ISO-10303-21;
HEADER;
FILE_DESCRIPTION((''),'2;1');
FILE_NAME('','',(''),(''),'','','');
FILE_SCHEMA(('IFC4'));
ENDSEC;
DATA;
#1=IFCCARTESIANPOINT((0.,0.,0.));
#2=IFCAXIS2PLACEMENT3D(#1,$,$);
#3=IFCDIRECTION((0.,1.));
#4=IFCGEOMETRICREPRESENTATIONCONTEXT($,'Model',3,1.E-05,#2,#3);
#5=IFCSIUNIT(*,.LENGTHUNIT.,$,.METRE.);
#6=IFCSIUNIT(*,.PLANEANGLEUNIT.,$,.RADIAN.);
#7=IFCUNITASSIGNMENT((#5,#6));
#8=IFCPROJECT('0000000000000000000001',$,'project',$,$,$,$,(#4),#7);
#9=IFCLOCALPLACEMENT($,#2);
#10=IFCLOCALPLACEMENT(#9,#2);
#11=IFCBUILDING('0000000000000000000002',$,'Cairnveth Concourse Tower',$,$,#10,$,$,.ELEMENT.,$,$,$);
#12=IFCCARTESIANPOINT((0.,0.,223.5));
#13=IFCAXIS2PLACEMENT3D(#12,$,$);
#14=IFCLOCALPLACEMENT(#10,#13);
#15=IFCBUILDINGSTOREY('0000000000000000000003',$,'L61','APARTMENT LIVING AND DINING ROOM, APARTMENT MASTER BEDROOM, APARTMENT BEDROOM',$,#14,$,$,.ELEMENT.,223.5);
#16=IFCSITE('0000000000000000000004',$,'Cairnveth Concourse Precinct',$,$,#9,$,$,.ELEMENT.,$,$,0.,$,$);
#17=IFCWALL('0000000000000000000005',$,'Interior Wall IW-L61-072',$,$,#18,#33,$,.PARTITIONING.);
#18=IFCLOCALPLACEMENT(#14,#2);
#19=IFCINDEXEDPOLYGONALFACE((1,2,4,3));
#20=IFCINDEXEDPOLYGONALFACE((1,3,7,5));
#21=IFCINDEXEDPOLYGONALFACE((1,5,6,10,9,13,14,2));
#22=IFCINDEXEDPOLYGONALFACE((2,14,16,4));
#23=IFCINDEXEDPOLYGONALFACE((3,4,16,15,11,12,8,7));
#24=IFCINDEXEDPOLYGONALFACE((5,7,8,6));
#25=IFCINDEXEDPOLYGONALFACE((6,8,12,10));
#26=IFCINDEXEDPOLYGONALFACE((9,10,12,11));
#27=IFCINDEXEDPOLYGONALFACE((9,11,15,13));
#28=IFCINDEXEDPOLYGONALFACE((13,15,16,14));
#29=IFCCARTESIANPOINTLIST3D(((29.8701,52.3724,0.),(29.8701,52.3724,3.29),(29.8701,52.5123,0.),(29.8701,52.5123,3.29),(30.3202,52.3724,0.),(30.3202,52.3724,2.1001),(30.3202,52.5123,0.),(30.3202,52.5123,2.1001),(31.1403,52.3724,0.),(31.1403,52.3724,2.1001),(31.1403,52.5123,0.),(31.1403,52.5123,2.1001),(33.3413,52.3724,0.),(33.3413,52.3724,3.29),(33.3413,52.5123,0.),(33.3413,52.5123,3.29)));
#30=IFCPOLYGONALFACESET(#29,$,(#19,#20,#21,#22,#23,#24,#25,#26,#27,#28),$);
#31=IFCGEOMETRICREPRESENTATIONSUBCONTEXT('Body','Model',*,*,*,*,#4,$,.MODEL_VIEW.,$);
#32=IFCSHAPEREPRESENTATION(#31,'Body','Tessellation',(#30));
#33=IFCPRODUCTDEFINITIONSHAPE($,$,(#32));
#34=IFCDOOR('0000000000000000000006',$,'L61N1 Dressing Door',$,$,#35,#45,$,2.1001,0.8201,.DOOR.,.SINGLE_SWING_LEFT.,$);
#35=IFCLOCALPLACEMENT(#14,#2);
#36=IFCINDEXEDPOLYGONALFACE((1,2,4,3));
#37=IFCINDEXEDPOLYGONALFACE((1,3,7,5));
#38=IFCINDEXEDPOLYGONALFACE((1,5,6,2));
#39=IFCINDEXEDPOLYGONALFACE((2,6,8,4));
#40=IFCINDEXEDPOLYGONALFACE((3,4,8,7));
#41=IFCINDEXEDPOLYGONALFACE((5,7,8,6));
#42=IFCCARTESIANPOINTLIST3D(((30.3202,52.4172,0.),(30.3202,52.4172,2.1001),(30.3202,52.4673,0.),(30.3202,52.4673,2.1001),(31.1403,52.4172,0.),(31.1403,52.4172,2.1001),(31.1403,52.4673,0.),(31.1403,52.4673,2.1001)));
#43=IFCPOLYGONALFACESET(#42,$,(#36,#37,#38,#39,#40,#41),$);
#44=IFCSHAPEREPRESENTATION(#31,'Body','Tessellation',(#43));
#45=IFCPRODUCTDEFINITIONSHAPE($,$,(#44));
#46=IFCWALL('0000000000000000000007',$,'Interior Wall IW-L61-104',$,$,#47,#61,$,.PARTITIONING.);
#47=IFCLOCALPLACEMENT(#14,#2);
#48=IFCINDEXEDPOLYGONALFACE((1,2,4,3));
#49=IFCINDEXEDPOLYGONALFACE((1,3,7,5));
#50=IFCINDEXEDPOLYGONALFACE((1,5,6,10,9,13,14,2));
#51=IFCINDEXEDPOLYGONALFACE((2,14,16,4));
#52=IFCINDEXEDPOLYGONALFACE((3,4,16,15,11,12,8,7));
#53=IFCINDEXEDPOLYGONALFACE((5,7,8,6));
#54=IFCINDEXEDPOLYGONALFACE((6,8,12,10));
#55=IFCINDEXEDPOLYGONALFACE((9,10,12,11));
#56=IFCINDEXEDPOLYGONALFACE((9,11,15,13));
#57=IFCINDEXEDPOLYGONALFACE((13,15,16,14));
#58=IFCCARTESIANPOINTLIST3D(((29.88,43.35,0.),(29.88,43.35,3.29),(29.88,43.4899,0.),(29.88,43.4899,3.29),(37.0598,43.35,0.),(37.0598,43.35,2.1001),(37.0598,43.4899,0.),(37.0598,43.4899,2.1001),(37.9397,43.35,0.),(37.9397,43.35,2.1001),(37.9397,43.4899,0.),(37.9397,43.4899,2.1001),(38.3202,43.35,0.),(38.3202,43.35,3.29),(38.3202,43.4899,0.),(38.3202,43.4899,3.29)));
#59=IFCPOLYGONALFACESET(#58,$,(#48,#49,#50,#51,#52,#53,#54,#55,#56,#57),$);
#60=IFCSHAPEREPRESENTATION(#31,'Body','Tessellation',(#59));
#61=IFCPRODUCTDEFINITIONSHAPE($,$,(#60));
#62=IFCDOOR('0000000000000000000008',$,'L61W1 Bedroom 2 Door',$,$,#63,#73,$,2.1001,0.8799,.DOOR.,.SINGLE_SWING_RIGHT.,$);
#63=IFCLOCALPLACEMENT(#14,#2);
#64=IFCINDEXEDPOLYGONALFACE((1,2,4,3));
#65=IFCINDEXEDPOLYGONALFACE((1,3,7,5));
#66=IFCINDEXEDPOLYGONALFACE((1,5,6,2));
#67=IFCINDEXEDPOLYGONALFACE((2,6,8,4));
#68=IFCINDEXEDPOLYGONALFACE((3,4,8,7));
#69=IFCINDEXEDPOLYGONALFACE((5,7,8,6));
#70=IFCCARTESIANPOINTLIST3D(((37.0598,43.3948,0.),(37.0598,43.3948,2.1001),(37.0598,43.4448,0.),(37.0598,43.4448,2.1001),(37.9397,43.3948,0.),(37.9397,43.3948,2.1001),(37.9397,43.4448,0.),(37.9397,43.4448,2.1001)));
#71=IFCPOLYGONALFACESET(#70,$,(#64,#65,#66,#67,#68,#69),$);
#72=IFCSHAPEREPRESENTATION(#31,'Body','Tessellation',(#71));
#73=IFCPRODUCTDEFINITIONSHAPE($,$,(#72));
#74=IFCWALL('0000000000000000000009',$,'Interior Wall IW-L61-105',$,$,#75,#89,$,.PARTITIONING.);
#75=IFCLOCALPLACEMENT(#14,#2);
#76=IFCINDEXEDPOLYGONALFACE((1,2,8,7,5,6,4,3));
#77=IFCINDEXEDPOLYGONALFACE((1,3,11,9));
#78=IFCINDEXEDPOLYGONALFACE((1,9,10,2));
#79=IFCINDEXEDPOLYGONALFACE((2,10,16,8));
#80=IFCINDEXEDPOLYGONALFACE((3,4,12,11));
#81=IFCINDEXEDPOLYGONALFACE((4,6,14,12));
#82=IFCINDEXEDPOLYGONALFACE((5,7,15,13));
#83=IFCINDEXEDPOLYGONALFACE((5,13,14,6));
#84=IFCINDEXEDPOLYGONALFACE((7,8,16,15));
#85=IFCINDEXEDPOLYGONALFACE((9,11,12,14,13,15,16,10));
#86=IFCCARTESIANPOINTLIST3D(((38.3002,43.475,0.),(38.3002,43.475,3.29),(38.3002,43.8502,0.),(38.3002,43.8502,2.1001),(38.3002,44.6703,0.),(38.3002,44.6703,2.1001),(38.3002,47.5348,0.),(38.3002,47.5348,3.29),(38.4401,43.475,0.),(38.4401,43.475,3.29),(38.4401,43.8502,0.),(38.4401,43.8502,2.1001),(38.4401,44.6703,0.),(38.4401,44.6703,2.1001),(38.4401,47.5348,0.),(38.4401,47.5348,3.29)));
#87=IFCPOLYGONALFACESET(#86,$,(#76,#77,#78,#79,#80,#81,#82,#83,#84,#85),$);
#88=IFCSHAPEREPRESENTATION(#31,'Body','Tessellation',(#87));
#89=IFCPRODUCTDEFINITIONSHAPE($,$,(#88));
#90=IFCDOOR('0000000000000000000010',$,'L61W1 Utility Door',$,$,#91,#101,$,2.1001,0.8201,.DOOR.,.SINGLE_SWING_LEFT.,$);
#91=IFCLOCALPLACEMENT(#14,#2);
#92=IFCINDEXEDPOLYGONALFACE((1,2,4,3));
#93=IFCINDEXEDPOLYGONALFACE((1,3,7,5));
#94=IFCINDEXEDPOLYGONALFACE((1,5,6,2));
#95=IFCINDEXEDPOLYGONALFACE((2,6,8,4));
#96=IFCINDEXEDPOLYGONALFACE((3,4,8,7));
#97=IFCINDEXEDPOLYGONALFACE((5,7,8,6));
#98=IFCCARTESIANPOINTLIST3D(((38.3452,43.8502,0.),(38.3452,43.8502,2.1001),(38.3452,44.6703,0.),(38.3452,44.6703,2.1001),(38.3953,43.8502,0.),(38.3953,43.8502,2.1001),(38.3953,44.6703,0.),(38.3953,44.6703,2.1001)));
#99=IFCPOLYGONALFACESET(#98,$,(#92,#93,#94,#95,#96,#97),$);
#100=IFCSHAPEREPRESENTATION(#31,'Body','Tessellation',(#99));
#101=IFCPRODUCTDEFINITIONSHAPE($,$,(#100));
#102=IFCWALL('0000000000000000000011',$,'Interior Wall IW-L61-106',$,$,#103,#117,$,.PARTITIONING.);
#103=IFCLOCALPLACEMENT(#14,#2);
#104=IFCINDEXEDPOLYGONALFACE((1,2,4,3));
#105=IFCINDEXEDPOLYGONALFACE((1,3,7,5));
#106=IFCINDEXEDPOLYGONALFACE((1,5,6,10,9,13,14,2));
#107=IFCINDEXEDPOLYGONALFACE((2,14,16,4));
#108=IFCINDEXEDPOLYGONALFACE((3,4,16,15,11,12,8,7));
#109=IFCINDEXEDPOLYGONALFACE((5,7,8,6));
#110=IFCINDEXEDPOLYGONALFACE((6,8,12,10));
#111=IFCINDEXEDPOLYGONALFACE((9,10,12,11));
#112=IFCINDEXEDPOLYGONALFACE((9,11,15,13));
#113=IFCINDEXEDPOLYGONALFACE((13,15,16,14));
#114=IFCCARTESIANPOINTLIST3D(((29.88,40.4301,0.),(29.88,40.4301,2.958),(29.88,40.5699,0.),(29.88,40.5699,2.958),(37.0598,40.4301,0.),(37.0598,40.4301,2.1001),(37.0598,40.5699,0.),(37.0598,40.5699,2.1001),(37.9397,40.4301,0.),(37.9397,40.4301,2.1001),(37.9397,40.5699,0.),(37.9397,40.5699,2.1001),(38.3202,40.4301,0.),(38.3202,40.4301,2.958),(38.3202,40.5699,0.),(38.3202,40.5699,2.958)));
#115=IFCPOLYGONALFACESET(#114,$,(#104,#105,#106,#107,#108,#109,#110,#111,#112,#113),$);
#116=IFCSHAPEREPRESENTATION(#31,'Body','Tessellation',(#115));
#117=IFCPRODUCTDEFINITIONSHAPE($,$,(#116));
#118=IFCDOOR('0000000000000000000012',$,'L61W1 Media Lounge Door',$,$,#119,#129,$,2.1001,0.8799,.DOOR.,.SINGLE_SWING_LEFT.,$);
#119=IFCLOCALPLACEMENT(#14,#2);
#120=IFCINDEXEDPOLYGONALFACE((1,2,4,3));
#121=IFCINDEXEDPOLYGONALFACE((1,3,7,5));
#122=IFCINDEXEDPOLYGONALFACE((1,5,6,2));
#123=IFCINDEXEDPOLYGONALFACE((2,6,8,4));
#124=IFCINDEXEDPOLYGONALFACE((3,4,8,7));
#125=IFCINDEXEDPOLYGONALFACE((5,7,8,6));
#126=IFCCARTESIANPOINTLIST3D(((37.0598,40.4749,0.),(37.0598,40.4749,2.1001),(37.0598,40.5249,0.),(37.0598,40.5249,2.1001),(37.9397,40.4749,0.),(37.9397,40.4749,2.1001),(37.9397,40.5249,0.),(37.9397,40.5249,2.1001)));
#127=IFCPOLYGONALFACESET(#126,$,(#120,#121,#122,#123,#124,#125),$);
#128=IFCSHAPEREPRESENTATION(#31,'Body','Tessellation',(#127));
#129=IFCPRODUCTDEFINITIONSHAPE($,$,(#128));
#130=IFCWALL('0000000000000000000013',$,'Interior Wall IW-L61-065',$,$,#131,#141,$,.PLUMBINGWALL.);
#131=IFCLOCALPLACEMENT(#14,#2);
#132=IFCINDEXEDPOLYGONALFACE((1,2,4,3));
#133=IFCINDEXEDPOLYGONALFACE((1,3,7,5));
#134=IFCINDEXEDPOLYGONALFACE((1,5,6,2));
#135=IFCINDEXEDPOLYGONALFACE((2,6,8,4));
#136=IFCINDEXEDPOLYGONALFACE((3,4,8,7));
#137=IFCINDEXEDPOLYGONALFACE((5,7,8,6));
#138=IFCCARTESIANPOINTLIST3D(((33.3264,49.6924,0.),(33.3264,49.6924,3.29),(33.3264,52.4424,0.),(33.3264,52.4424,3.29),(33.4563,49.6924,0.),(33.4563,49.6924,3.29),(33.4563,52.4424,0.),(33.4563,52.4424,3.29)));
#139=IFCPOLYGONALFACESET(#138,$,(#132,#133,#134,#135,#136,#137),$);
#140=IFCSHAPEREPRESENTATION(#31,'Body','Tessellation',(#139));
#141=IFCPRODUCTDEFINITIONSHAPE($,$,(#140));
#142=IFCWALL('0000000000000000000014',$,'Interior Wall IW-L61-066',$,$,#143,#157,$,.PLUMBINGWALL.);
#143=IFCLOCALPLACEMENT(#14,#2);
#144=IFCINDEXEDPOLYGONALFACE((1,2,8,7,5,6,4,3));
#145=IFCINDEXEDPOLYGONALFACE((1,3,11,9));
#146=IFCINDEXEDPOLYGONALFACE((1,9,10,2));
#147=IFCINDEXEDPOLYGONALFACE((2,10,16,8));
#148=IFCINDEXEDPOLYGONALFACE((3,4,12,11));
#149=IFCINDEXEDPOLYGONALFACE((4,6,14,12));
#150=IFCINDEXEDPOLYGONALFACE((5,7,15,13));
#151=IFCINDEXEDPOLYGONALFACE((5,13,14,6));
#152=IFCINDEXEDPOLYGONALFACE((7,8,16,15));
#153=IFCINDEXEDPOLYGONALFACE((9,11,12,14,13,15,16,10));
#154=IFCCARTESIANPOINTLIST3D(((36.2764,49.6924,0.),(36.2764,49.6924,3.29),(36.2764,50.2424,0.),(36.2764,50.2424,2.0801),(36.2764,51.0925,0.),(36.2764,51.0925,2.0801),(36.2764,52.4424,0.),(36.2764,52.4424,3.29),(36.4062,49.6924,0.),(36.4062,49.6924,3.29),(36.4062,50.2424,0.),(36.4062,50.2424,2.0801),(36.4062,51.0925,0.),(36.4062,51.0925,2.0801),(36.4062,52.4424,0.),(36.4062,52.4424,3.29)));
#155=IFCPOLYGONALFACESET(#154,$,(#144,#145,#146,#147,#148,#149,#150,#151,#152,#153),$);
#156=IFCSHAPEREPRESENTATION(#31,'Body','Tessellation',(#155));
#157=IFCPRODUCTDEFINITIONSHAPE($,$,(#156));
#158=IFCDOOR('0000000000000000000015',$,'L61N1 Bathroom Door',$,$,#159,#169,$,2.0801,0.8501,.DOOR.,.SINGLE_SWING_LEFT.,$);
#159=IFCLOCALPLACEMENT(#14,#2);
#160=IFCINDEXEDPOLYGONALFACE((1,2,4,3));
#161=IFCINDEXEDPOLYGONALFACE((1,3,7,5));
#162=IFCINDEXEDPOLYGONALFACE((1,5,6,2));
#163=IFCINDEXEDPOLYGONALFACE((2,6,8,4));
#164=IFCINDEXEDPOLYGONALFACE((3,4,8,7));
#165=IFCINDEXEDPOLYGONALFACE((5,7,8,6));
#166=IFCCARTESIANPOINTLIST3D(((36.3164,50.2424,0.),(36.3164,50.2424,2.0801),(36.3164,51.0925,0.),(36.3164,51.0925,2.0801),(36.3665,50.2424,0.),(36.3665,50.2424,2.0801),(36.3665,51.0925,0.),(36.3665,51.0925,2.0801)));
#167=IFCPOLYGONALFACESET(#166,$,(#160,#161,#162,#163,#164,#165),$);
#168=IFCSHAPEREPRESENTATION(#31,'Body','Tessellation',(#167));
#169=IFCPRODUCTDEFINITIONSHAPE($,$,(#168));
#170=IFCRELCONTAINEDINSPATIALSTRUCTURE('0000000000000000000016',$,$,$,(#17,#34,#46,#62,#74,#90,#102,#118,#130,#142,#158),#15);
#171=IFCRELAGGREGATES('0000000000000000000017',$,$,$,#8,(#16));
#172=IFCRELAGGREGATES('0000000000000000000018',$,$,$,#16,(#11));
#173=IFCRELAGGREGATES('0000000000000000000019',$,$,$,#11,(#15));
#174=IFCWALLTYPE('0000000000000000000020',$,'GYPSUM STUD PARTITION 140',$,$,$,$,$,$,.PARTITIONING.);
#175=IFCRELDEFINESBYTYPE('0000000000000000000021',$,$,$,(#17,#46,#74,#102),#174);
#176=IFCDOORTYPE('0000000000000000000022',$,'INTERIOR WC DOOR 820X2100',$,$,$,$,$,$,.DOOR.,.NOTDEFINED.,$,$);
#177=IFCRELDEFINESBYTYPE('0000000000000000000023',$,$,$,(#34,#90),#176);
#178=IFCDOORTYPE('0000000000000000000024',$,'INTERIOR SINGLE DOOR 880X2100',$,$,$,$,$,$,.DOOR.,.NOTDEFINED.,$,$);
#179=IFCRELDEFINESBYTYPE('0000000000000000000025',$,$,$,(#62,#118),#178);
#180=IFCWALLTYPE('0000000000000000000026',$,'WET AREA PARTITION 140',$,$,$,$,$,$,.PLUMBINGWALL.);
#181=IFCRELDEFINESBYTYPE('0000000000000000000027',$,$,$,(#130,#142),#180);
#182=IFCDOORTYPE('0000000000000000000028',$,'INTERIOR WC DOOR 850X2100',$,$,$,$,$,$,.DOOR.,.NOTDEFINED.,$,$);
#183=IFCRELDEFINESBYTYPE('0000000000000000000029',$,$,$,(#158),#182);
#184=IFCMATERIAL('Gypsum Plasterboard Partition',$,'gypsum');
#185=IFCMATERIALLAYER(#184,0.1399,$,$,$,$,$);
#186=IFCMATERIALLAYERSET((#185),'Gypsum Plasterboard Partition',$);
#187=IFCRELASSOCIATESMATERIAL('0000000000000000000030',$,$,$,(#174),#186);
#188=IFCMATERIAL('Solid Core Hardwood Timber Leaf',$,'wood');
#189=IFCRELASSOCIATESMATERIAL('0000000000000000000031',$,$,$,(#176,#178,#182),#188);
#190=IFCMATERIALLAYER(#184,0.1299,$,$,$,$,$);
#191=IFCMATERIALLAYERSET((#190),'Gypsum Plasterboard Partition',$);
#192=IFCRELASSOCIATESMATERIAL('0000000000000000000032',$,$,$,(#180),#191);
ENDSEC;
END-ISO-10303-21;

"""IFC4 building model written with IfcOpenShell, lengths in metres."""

from ifc_helpers import new_model, si_unit, direction, frame, frame_2d, origin, place, context, subcontext, project, spatial, rectangle, extrude, material, layer, layer_set, type_object, element, fill, save


model = new_model("IFC4")

# Units and contexts
model_context = context("Model", 3, precision=1e-05, world=origin(), true_north=direction((0.0, 1.0)))
body_context = subcontext(model_context, "Body", "Model", "MODEL_VIEW")
ifc_project = project(units=[si_unit("LENGTHUNIT", "METRE"), si_unit("PLANEANGLEUNIT", "RADIAN")], contexts=[model_context])

# Site, building, storey
site_placement = place(None, origin())
site = spatial("IfcSite", under=ifc_project, at=site_placement, Name="Cairnveth Concourse Precinct", CompositionType="ELEMENT", RefElevation=0.0)
building_placement = place(site_placement, origin())
building = spatial("IfcBuilding", under=site, at=building_placement, Name="Cairnveth Concourse Tower", CompositionType="ELEMENT")
storey_placement = place(building_placement, frame((0.0, 0.0, 223.5)))
storey = spatial("IfcBuildingStorey", under=building, at=storey_placement, Name="L61", Description="APARTMENT LIVING AND DINING ROOM, APARTMENT MASTER BEDROOM, APARTMENT BEDROOM", CompositionType="ELEMENT", Elevation=223.5)

# Shared definitions
ifc_material_1 = material(Name="Gypsum Plasterboard Partition", Category="gypsum")
ifc_material_2 = material(Name="Solid Core Hardwood Timber Leaf", Category="wood")

# Walls, openings, doors
ifc_layer_1 = layer(ifc_material_1, 0.1399)
ifc_layer_set_1 = layer_set([ifc_layer_1], Name="Gypsum Plasterboard Partition")
wall_type_1 = type_object("IfcWallType", Name="GYPSUM STUD PARTITION 140", PredefinedType="PARTITIONING", material=ifc_layer_set_1)
wall_1_placement = place(storey_placement, frame((29.8701, 52.4424, 0.0), z_axis=(0.0, 0.0, 1.0), x_axis=(1.0, 0.0, 0.0)))
wall_1 = element("IfcWall", 1, at=wall_1_placement, inside=storey, type_object=wall_type_1, Name="Interior Wall IW-L61-072", PredefinedType="PARTITIONING", context=body_context, shape_type="SweptSolid", body=[
    extrude(rectangle(XDim=3.4712, YDim=0.1399, at=frame_2d((1.7356, 0.0))), origin(), (0.0, 0.0, 1.0), 3.29),
])
opening_1_placement = place(wall_1_placement, frame((0.45, 0.0, 0.0)))
opening_1 = element("IfcOpeningElement", 2, at=opening_1_placement, cuts=wall_1, PredefinedType="OPENING", context=body_context, shape_type="SweptSolid", body=[
    extrude(rectangle(XDim=0.8201, YDim=2.1001, at=frame_2d((0.4102, 1.05))), frame((0.0, 0.0798, 0.0), z_axis=(0.0, -1.0, 0.0), x_axis=(1.0, 0.0, 0.0)), (0.0, 0.0, 1.0), 0.1599),
])
door_type_1 = type_object("IfcDoorType", Name="INTERIOR WC DOOR 820X2100", OperationType="NOTDEFINED", PredefinedType="DOOR", material=ifc_material_2)
door_1_placement = place(opening_1_placement, origin())
door_1 = element("IfcDoor", 3, at=door_1_placement, inside=storey, type_object=door_type_1, Name="L61N1 Dressing Door", OperationType="SINGLE_SWING_LEFT", OverallHeight=2.1001, OverallWidth=0.8201, PredefinedType="DOOR", context=body_context, shape_type="SweptSolid", body=[
    extrude(rectangle(XDim=0.8201, YDim=2.1001, at=frame_2d((0.4102, 1.05))), frame((0.0, 0.0249, 0.0), z_axis=(0.0, -1.0, 0.0), x_axis=(1.0, 0.0, 0.0)), (0.0, 0.0, 1.0), 0.05),
])
fill(opening_1, door_1)
wall_2_placement = place(storey_placement, frame((29.8799, 43.4199, 0.0), z_axis=(0.0, 0.0, 1.0), x_axis=(1.0, 0.0, 0.0)))
wall_2 = element("IfcWall", 4, at=wall_2_placement, inside=storey, type_object=wall_type_1, Name="Interior Wall IW-L61-104", PredefinedType="PARTITIONING", context=body_context, shape_type="SweptSolid", body=[
    extrude(rectangle(XDim=8.4402, YDim=0.1399, at=frame_2d((4.2202, 0.0))), origin(), (0.0, 0.0, 1.0), 3.29),
])
opening_2_placement = place(wall_2_placement, frame((7.1799, 0.0, 0.0)))
opening_2 = element("IfcOpeningElement", 5, at=opening_2_placement, cuts=wall_2, PredefinedType="OPENING", context=body_context, shape_type="SweptSolid", body=[
    extrude(rectangle(XDim=0.8799, YDim=2.1001, at=frame_2d((0.4399, 1.05))), frame((0.0, 0.0798, 0.0), z_axis=(0.0, -1.0, 0.0), x_axis=(1.0, 0.0, 0.0)), (0.0, 0.0, 1.0), 0.1599),
])
door_type_2 = type_object("IfcDoorType", Name="INTERIOR SINGLE DOOR 880X2100", OperationType="NOTDEFINED", PredefinedType="DOOR", material=ifc_material_2)
door_2_placement = place(opening_2_placement, origin())
door_2 = element("IfcDoor", 6, at=door_2_placement, inside=storey, type_object=door_type_2, Name="L61W1 Bedroom 2 Door", OperationType="SINGLE_SWING_RIGHT", OverallHeight=2.1001, OverallWidth=0.8799, PredefinedType="DOOR", context=body_context, shape_type="SweptSolid", body=[
    extrude(rectangle(XDim=0.8799, YDim=2.1001, at=frame_2d((0.4399, 1.05))), frame((0.0, 0.0249, 0.0), z_axis=(0.0, -1.0, 0.0), x_axis=(1.0, 0.0, 0.0)), (0.0, 0.0, 1.0), 0.05),
])
fill(opening_2, door_2)
wall_3_placement = place(storey_placement, frame((38.3701, 43.4751, 0.0), z_axis=(0.0, 0.0, 1.0), x_axis=(0.0, 1.0, 0.0)))
wall_3 = element("IfcWall", 7, at=wall_3_placement, inside=storey, type_object=wall_type_1, Name="Interior Wall IW-L61-105", PredefinedType="PARTITIONING", context=body_context, shape_type="SweptSolid", body=[
    extrude(rectangle(XDim=4.0598, YDim=0.1399, at=frame_2d((2.0298, 0.0))), origin(), (0.0, 0.0, 1.0), 3.29),
])
opening_3_placement = place(wall_3_placement, frame((0.375, 0.0, 0.0)))
opening_3 = element("IfcOpeningElement", 8, at=opening_3_placement, cuts=wall_3, PredefinedType="OPENING", context=body_context, shape_type="SweptSolid", body=[
    extrude(rectangle(XDim=0.8201, YDim=2.1001, at=frame_2d((0.4102, 1.05))), frame((0.0, 0.0798, 0.0), z_axis=(0.0, -1.0, 0.0), x_axis=(1.0, 0.0, 0.0)), (0.0, 0.0, 1.0), 0.1599),
])
door_3_placement = place(opening_3_placement, origin())
door_3 = element("IfcDoor", 9, at=door_3_placement, inside=storey, type_object=door_type_1, Name="L61W1 Utility Door", OperationType="SINGLE_SWING_LEFT", OverallHeight=2.1001, OverallWidth=0.8201, PredefinedType="DOOR", context=body_context, shape_type="SweptSolid", body=[
    extrude(rectangle(XDim=0.8201, YDim=2.1001, at=frame_2d((0.4102, 1.05))), frame((0.0, 0.0249, 0.0), z_axis=(0.0, -1.0, 0.0), x_axis=(1.0, 0.0, 0.0)), (0.0, 0.0, 1.0), 0.05),
])
fill(opening_3, door_3)
wall_4_placement = place(storey_placement, frame((29.8799, 40.5, 0.0), z_axis=(0.0, 0.0, 1.0), x_axis=(1.0, 0.0, 0.0)))
wall_4 = element("IfcWall", 10, at=wall_4_placement, inside=storey, type_object=wall_type_1, Name="Interior Wall IW-L61-106", PredefinedType="PARTITIONING", context=body_context, shape_type="SweptSolid", body=[
    extrude(rectangle(XDim=8.4402, YDim=0.1399, at=frame_2d((4.2202, 0.0))), origin(), (0.0, 0.0, 1.0), 2.958),
])
opening_4_placement = place(wall_4_placement, frame((7.1799, 0.0, 0.0)))
opening_4 = element("IfcOpeningElement", 11, at=opening_4_placement, cuts=wall_4, PredefinedType="OPENING", context=body_context, shape_type="SweptSolid", body=[
    extrude(rectangle(XDim=0.8799, YDim=2.1001, at=frame_2d((0.4399, 1.05))), frame((0.0, 0.0798, 0.0), z_axis=(0.0, -1.0, 0.0), x_axis=(1.0, 0.0, 0.0)), (0.0, 0.0, 1.0), 0.1599),
])
door_4_placement = place(opening_4_placement, origin())
door_4 = element("IfcDoor", 12, at=door_4_placement, inside=storey, type_object=door_type_2, Name="L61W1 Media Lounge Door", OperationType="SINGLE_SWING_LEFT", OverallHeight=2.1001, OverallWidth=0.8799, PredefinedType="DOOR", context=body_context, shape_type="SweptSolid", body=[
    extrude(rectangle(XDim=0.8799, YDim=2.1001, at=frame_2d((0.4399, 1.05))), frame((0.0, 0.0249, 0.0), z_axis=(0.0, -1.0, 0.0), x_axis=(1.0, 0.0, 0.0)), (0.0, 0.0, 1.0), 0.05),
])
fill(opening_4, door_4)

# Wall
ifc_layer_2 = layer(ifc_material_1, 0.1299)
ifc_layer_set_2 = layer_set([ifc_layer_2], Name="Gypsum Plasterboard Partition")
wall_type_2 = type_object("IfcWallType", Name="WET AREA PARTITION 140", PredefinedType="PLUMBINGWALL", material=ifc_layer_set_2)
wall_5_placement = place(storey_placement, frame((33.3914, 49.6924, 0.0), z_axis=(0.0, 0.0, 1.0), x_axis=(0.0, 1.0, 0.0)))
element("IfcWall", 13, at=wall_5_placement, inside=storey, type_object=wall_type_2, Name="Interior Wall IW-L61-065", PredefinedType="PLUMBINGWALL", context=body_context, shape_type="SweptSolid", body=[
    extrude(rectangle(XDim=2.75, YDim=0.1299, at=frame_2d((1.375, 0.0))), origin(), (0.0, 0.0, 1.0), 3.29),
])

# Wall, opening, door
wall_6_placement = place(storey_placement, frame((36.3413, 49.6924, 0.0), z_axis=(0.0, 0.0, 1.0), x_axis=(0.0, 1.0, 0.0)))
wall_6 = element("IfcWall", 14, at=wall_6_placement, inside=storey, type_object=wall_type_2, Name="Interior Wall IW-L61-066", PredefinedType="PLUMBINGWALL", context=body_context, shape_type="SweptSolid", body=[
    extrude(rectangle(XDim=2.75, YDim=0.1299, at=frame_2d((1.375, 0.0))), origin(), (0.0, 0.0, 1.0), 3.29),
])
opening_5_placement = place(wall_6_placement, frame((0.55, 0.0, 0.0)))
opening_5 = element("IfcOpeningElement", 15, at=opening_5_placement, cuts=wall_6, PredefinedType="OPENING", context=body_context, shape_type="SweptSolid", body=[
    extrude(rectangle(XDim=0.8501, YDim=2.0801, at=frame_2d((0.425, 1.04))), frame((0.0, 0.075, 0.0), z_axis=(0.0, -1.0, 0.0), x_axis=(1.0, 0.0, 0.0)), (0.0, 0.0, 1.0), 0.1499),
])
door_type_3 = type_object("IfcDoorType", Name="INTERIOR WC DOOR 850X2100", OperationType="NOTDEFINED", PredefinedType="DOOR", material=ifc_material_2)
door_5_placement = place(opening_5_placement, origin())
door_5 = element("IfcDoor", 16, at=door_5_placement, inside=storey, type_object=door_type_3, Name="L61N1 Bathroom Door", OperationType="SINGLE_SWING_LEFT", OverallHeight=2.0801, OverallWidth=0.8501, PredefinedType="DOOR", context=body_context, shape_type="SweptSolid", body=[
    extrude(rectangle(XDim=0.8501, YDim=2.0801, at=frame_2d((0.425, 1.04))), frame((0.0, 0.0249, 0.0), z_axis=(0.0, -1.0, 0.0), x_axis=(1.0, 0.0, 0.0)), (0.0, 0.0, 1.0), 0.05),
])
fill(opening_5, door_5)

save(model, "model.ifc")
